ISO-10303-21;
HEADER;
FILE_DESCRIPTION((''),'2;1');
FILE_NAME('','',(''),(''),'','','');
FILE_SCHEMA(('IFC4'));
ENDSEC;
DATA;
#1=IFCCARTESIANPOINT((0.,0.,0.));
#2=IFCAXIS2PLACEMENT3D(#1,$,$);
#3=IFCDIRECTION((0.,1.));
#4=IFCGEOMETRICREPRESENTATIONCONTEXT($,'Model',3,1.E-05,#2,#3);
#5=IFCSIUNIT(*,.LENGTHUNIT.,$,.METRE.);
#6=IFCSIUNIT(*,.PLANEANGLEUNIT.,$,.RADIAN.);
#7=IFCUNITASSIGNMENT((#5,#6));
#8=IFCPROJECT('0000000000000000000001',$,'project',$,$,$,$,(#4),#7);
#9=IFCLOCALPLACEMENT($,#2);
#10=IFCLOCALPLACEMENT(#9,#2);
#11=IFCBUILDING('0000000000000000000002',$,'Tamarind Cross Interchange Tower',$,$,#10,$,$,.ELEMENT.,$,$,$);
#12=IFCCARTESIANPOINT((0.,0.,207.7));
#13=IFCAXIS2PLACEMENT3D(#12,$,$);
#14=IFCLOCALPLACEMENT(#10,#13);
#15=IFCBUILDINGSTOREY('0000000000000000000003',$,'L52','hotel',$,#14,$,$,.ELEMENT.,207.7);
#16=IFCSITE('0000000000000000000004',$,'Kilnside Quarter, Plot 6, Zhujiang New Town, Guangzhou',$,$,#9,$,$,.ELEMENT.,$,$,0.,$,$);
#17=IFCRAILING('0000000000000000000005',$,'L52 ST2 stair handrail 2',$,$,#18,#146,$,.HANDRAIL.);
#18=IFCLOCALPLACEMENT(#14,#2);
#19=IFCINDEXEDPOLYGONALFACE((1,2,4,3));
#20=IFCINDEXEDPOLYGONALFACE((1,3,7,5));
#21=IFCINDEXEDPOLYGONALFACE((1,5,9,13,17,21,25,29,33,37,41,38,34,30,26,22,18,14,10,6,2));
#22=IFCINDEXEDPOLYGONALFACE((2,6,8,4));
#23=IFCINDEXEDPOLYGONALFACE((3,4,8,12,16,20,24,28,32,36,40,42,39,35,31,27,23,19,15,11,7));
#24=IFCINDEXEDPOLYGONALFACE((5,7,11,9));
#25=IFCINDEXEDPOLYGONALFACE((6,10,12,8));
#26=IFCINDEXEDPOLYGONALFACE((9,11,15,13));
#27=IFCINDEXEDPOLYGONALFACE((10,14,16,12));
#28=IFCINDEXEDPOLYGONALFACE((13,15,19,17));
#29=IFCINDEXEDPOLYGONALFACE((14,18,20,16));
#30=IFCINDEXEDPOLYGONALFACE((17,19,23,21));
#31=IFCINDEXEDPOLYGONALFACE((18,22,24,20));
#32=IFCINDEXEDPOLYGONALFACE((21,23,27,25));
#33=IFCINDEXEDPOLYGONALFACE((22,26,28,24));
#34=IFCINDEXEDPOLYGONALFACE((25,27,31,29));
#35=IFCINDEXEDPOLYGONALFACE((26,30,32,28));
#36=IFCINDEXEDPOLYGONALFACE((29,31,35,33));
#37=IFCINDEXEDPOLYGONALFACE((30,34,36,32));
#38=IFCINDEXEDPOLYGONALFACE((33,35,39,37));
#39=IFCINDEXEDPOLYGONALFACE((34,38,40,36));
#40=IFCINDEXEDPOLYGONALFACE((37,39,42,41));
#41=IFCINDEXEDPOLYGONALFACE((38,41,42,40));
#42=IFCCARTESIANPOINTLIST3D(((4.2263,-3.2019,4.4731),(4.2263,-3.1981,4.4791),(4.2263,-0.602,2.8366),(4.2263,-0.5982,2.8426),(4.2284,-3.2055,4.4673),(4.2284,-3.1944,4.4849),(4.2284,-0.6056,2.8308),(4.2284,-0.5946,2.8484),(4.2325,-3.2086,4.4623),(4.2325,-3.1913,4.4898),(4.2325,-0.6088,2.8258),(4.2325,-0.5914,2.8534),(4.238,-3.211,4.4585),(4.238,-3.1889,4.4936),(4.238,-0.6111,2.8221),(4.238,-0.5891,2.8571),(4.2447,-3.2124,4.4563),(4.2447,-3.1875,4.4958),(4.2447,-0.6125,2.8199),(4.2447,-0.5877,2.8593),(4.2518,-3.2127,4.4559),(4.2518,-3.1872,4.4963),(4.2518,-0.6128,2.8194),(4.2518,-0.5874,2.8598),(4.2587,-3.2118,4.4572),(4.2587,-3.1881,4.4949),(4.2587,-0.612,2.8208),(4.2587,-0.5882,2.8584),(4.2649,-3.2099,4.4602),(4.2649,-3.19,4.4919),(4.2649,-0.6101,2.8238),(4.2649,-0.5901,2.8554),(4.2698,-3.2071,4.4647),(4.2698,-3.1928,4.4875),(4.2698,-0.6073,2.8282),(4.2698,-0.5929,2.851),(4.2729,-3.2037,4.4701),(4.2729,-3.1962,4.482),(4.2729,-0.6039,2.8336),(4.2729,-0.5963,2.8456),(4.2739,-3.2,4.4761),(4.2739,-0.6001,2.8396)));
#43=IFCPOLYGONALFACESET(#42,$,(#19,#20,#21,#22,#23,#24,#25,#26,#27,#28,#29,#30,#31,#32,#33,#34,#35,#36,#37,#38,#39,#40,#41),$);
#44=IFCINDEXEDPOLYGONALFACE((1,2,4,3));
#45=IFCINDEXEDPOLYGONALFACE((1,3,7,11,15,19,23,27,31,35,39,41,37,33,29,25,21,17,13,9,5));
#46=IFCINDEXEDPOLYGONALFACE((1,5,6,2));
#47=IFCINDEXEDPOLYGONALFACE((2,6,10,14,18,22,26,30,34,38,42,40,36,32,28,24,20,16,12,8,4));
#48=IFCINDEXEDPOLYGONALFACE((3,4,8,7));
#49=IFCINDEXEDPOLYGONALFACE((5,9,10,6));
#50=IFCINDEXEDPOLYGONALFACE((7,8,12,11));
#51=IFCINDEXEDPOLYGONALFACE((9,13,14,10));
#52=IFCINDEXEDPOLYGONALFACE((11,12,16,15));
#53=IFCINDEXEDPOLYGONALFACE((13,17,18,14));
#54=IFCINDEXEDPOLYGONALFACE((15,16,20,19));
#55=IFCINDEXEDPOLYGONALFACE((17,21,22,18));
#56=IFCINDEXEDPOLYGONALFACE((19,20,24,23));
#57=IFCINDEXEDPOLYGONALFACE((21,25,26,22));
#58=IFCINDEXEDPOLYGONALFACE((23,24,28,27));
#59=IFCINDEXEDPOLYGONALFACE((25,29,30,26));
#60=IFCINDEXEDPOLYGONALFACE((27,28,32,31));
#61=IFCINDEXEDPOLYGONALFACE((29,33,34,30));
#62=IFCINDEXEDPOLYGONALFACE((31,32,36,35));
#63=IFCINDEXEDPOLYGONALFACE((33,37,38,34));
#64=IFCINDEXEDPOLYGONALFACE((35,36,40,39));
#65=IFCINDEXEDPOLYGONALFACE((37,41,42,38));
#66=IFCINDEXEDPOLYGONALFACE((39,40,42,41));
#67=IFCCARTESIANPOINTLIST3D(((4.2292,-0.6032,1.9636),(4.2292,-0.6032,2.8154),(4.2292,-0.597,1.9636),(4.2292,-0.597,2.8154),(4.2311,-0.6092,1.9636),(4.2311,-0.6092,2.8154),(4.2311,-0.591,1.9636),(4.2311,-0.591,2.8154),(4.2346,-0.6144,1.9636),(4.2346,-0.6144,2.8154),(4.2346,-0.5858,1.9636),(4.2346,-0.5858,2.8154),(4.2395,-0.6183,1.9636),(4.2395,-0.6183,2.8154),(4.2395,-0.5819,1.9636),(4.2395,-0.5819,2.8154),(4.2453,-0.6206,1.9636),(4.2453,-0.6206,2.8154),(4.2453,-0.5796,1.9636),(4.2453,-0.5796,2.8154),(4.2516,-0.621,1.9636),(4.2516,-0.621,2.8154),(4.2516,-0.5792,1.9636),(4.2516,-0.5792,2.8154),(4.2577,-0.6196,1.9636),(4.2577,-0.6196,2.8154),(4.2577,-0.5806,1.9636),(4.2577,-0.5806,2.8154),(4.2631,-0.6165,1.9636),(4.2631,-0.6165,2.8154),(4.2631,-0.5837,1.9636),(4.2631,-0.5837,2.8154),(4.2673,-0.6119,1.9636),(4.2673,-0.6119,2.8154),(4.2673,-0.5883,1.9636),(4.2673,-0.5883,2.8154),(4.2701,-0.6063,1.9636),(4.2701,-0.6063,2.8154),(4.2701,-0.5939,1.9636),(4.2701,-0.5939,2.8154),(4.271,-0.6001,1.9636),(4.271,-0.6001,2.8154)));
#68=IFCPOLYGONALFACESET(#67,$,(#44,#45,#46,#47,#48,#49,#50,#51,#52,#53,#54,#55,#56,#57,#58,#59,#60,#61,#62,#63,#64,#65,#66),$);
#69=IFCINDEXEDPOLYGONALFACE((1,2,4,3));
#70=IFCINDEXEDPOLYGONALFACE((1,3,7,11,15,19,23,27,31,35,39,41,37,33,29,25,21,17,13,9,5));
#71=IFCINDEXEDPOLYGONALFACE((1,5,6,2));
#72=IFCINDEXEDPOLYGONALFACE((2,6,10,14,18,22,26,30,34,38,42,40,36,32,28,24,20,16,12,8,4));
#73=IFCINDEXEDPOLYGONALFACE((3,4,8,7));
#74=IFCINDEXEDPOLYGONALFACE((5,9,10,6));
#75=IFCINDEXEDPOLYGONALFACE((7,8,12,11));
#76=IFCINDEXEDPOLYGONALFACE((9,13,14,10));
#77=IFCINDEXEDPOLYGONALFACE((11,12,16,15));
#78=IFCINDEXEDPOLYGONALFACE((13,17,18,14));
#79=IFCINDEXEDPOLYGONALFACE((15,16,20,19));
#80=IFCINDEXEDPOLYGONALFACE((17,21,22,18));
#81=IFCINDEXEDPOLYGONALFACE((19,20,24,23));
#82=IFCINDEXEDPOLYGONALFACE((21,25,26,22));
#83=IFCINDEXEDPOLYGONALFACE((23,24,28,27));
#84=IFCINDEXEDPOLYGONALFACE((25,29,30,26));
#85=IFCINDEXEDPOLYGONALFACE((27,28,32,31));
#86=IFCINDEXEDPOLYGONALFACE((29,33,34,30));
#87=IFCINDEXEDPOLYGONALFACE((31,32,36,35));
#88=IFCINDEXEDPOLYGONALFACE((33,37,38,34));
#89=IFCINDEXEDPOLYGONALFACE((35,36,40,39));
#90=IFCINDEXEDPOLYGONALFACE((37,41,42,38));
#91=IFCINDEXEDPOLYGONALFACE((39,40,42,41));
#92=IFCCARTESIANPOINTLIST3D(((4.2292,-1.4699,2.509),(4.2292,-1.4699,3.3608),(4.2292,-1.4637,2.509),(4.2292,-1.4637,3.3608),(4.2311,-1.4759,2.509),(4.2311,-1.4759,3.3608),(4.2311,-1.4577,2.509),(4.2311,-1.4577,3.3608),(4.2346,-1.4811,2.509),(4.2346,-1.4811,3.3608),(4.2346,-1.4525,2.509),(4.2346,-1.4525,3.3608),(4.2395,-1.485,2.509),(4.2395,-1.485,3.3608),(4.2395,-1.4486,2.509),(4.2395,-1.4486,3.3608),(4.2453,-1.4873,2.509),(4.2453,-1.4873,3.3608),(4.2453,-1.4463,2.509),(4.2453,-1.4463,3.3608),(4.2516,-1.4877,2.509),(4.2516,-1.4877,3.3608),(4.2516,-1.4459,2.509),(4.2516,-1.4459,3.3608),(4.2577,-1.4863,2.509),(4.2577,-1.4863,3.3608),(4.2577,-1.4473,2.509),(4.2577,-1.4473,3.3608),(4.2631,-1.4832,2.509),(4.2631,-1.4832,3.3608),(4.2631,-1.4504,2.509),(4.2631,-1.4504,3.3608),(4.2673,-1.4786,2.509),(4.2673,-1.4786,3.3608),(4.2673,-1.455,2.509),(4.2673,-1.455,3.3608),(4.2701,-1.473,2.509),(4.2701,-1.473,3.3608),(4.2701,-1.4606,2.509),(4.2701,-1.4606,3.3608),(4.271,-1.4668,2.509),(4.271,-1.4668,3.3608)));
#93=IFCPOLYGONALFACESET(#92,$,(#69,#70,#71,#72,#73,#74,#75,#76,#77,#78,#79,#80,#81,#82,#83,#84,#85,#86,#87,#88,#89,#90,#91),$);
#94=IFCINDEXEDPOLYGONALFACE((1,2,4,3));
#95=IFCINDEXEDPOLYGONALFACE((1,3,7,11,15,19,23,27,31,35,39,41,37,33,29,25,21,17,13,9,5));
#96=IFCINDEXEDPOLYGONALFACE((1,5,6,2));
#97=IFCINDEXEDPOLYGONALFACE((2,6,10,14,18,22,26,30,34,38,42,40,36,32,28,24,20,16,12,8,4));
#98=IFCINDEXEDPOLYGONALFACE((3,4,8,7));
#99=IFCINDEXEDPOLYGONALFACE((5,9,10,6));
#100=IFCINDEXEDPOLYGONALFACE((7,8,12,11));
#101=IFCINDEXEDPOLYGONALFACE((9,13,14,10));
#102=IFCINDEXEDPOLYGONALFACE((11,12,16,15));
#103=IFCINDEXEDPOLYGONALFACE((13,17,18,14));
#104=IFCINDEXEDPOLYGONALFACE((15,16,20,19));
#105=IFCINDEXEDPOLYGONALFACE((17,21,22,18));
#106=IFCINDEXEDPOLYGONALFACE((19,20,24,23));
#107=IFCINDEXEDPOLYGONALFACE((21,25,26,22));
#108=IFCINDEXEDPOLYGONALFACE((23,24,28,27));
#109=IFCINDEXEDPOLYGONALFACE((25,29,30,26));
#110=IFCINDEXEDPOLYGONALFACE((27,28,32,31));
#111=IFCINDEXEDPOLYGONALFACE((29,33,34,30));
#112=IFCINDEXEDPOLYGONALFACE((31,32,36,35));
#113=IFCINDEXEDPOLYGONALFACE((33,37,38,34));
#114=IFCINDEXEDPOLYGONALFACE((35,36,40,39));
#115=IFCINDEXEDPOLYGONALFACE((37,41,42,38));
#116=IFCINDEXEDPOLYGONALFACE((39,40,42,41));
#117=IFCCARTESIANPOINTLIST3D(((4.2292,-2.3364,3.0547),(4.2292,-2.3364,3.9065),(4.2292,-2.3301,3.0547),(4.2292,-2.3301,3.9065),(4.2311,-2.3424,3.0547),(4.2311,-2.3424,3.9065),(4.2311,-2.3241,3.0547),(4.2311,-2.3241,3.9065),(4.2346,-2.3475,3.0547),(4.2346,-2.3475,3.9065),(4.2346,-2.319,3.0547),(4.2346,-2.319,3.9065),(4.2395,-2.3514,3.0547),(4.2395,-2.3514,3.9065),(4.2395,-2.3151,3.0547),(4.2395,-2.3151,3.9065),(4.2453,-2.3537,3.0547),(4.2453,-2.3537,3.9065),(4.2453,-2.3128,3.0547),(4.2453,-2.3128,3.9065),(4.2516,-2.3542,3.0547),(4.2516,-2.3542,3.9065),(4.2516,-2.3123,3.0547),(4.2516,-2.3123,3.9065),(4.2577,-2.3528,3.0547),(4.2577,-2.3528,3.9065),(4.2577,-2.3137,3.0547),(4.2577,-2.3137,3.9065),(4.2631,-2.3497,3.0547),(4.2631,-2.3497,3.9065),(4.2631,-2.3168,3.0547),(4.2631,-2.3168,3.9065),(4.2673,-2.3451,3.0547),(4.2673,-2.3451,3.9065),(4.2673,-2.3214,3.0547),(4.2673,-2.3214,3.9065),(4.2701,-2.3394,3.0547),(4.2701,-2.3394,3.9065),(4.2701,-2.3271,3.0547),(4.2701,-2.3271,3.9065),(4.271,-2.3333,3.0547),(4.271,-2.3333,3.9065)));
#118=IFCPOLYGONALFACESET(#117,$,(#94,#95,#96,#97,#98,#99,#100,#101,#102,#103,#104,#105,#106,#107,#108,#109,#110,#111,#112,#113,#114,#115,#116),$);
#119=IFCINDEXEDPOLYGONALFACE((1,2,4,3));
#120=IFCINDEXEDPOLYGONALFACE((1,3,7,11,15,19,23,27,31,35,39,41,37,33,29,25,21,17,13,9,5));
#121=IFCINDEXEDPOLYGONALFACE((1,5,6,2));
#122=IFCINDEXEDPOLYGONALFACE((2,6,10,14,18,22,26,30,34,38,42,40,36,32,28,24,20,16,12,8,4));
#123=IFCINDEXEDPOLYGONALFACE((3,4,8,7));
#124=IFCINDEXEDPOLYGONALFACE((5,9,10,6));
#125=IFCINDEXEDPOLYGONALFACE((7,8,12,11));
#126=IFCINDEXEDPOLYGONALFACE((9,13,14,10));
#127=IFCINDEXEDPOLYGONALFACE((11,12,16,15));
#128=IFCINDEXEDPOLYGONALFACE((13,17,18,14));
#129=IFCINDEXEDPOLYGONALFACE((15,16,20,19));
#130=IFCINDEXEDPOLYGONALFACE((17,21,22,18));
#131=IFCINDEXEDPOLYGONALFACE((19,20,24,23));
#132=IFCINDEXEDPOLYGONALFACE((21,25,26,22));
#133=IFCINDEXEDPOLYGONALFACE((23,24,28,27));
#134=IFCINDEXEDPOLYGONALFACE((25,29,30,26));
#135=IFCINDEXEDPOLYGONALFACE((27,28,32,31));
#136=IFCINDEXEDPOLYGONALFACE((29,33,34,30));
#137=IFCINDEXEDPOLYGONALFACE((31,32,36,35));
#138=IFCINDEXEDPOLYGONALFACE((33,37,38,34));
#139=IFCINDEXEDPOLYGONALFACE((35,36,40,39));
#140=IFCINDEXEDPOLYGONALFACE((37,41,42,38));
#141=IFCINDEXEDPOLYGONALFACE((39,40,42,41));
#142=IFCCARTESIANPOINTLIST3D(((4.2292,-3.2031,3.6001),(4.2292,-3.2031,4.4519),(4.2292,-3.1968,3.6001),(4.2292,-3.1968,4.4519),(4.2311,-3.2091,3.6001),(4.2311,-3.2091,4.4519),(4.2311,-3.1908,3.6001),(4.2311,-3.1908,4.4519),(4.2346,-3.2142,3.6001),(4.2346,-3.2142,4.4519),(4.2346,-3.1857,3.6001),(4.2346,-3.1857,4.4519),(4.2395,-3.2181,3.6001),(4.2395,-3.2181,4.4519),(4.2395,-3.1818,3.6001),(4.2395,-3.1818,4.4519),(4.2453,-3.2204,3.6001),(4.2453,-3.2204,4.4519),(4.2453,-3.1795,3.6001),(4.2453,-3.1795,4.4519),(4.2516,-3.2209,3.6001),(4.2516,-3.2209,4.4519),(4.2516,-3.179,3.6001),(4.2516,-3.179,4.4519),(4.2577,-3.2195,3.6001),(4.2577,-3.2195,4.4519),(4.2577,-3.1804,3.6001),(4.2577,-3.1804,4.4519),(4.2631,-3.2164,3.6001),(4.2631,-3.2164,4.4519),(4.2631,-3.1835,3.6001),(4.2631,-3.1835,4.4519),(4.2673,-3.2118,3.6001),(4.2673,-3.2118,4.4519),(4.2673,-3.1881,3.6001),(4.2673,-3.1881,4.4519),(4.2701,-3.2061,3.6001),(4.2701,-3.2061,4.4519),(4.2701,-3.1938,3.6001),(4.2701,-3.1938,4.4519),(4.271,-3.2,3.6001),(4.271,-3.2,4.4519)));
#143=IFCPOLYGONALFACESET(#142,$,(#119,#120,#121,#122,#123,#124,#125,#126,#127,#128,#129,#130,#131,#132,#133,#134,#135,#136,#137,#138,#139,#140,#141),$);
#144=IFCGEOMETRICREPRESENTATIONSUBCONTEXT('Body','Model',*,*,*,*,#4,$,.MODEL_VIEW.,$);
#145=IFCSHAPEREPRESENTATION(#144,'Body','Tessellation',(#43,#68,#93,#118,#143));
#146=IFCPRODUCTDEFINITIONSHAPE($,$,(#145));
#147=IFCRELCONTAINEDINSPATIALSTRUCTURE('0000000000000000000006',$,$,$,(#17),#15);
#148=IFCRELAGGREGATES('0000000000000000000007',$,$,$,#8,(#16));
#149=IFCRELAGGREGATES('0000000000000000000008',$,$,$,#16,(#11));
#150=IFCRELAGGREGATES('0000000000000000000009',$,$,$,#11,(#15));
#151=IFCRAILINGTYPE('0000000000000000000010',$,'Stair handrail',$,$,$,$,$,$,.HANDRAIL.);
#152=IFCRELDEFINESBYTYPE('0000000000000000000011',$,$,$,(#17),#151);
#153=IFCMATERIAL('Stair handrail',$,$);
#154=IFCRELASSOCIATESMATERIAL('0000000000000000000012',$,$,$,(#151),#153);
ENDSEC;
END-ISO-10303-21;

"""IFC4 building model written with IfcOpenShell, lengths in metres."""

from ifc_helpers import new_model, si_unit, direction, frame, origin, origin_2d, place, context, subcontext, project, spatial, circle, extrude, material, type_object, element, save


model = new_model("IFC4")

# Units and contexts
model_context = context("Model", 3, precision=1e-05, world=origin(), true_north=direction((0.0, 1.0)))
body_context = subcontext(model_context, "Body", "Model", "MODEL_VIEW")
ifc_project = project(units=[si_unit("LENGTHUNIT", "METRE"), si_unit("PLANEANGLEUNIT", "RADIAN")], contexts=[model_context])

# Site, building, storey
site_placement = place(None, origin())
site = spatial("IfcSite", under=ifc_project, at=site_placement, Name="Kilnside Quarter, Plot 6, Zhujiang New Town, Guangzhou", CompositionType="ELEMENT", RefElevation=0.0)
building_placement = place(site_placement, origin())
building = spatial("IfcBuilding", under=site, at=building_placement, Name="Tamarind Cross Interchange Tower", CompositionType="ELEMENT")
storey_placement = place(building_placement, frame((0.0, 0.0, 207.7)))
storey = spatial("IfcBuildingStorey", under=building, at=storey_placement, Name="L52", Description="hotel", CompositionType="ELEMENT", Elevation=207.7)

# Railing
ifc_material_1 = material(Name="Stair handrail")
railing_type_1 = type_object("IfcRailingType", Name="Stair handrail", PredefinedType="HANDRAIL", material=ifc_material_1)
railing_1_placement = place(storey_placement, frame((4.25, -0.6001, 1.9636)))
element("IfcRailing", 1, at=railing_1_placement, inside=storey, type_object=railing_type_1, Name="L52 ST2 stair handrail 2", PredefinedType="HANDRAIL", context=body_context, shape_type="SweptSolid", body=[
    extrude(circle(Radius=0.0239, at=origin_2d()), frame((0.0, 0.0, 0.876), z_axis=(0.0, -0.846302, 0.532704), x_axis=(1.0, 0.0, 0.0)), (0.0, 0.0, 1.0), 3.072),
    extrude(circle(Radius=0.021, at=origin_2d()), origin(), (0.0, 0.0, 1.0), 0.8518),
    extrude(circle(Radius=0.021, at=origin_2d()), frame((0.0, -0.8667, 0.5454)), (0.0, 0.0, 1.0), 0.8518),
    extrude(circle(Radius=0.021, at=origin_2d()), frame((0.0, -1.7332, 1.0911)), (0.0, 0.0, 1.0), 0.8518),
    extrude(circle(Radius=0.021, at=origin_2d()), frame((0.0, -2.5999, 1.6365)), (0.0, 0.0, 1.0), 0.8518),
])

save(model, "model.ifc")
